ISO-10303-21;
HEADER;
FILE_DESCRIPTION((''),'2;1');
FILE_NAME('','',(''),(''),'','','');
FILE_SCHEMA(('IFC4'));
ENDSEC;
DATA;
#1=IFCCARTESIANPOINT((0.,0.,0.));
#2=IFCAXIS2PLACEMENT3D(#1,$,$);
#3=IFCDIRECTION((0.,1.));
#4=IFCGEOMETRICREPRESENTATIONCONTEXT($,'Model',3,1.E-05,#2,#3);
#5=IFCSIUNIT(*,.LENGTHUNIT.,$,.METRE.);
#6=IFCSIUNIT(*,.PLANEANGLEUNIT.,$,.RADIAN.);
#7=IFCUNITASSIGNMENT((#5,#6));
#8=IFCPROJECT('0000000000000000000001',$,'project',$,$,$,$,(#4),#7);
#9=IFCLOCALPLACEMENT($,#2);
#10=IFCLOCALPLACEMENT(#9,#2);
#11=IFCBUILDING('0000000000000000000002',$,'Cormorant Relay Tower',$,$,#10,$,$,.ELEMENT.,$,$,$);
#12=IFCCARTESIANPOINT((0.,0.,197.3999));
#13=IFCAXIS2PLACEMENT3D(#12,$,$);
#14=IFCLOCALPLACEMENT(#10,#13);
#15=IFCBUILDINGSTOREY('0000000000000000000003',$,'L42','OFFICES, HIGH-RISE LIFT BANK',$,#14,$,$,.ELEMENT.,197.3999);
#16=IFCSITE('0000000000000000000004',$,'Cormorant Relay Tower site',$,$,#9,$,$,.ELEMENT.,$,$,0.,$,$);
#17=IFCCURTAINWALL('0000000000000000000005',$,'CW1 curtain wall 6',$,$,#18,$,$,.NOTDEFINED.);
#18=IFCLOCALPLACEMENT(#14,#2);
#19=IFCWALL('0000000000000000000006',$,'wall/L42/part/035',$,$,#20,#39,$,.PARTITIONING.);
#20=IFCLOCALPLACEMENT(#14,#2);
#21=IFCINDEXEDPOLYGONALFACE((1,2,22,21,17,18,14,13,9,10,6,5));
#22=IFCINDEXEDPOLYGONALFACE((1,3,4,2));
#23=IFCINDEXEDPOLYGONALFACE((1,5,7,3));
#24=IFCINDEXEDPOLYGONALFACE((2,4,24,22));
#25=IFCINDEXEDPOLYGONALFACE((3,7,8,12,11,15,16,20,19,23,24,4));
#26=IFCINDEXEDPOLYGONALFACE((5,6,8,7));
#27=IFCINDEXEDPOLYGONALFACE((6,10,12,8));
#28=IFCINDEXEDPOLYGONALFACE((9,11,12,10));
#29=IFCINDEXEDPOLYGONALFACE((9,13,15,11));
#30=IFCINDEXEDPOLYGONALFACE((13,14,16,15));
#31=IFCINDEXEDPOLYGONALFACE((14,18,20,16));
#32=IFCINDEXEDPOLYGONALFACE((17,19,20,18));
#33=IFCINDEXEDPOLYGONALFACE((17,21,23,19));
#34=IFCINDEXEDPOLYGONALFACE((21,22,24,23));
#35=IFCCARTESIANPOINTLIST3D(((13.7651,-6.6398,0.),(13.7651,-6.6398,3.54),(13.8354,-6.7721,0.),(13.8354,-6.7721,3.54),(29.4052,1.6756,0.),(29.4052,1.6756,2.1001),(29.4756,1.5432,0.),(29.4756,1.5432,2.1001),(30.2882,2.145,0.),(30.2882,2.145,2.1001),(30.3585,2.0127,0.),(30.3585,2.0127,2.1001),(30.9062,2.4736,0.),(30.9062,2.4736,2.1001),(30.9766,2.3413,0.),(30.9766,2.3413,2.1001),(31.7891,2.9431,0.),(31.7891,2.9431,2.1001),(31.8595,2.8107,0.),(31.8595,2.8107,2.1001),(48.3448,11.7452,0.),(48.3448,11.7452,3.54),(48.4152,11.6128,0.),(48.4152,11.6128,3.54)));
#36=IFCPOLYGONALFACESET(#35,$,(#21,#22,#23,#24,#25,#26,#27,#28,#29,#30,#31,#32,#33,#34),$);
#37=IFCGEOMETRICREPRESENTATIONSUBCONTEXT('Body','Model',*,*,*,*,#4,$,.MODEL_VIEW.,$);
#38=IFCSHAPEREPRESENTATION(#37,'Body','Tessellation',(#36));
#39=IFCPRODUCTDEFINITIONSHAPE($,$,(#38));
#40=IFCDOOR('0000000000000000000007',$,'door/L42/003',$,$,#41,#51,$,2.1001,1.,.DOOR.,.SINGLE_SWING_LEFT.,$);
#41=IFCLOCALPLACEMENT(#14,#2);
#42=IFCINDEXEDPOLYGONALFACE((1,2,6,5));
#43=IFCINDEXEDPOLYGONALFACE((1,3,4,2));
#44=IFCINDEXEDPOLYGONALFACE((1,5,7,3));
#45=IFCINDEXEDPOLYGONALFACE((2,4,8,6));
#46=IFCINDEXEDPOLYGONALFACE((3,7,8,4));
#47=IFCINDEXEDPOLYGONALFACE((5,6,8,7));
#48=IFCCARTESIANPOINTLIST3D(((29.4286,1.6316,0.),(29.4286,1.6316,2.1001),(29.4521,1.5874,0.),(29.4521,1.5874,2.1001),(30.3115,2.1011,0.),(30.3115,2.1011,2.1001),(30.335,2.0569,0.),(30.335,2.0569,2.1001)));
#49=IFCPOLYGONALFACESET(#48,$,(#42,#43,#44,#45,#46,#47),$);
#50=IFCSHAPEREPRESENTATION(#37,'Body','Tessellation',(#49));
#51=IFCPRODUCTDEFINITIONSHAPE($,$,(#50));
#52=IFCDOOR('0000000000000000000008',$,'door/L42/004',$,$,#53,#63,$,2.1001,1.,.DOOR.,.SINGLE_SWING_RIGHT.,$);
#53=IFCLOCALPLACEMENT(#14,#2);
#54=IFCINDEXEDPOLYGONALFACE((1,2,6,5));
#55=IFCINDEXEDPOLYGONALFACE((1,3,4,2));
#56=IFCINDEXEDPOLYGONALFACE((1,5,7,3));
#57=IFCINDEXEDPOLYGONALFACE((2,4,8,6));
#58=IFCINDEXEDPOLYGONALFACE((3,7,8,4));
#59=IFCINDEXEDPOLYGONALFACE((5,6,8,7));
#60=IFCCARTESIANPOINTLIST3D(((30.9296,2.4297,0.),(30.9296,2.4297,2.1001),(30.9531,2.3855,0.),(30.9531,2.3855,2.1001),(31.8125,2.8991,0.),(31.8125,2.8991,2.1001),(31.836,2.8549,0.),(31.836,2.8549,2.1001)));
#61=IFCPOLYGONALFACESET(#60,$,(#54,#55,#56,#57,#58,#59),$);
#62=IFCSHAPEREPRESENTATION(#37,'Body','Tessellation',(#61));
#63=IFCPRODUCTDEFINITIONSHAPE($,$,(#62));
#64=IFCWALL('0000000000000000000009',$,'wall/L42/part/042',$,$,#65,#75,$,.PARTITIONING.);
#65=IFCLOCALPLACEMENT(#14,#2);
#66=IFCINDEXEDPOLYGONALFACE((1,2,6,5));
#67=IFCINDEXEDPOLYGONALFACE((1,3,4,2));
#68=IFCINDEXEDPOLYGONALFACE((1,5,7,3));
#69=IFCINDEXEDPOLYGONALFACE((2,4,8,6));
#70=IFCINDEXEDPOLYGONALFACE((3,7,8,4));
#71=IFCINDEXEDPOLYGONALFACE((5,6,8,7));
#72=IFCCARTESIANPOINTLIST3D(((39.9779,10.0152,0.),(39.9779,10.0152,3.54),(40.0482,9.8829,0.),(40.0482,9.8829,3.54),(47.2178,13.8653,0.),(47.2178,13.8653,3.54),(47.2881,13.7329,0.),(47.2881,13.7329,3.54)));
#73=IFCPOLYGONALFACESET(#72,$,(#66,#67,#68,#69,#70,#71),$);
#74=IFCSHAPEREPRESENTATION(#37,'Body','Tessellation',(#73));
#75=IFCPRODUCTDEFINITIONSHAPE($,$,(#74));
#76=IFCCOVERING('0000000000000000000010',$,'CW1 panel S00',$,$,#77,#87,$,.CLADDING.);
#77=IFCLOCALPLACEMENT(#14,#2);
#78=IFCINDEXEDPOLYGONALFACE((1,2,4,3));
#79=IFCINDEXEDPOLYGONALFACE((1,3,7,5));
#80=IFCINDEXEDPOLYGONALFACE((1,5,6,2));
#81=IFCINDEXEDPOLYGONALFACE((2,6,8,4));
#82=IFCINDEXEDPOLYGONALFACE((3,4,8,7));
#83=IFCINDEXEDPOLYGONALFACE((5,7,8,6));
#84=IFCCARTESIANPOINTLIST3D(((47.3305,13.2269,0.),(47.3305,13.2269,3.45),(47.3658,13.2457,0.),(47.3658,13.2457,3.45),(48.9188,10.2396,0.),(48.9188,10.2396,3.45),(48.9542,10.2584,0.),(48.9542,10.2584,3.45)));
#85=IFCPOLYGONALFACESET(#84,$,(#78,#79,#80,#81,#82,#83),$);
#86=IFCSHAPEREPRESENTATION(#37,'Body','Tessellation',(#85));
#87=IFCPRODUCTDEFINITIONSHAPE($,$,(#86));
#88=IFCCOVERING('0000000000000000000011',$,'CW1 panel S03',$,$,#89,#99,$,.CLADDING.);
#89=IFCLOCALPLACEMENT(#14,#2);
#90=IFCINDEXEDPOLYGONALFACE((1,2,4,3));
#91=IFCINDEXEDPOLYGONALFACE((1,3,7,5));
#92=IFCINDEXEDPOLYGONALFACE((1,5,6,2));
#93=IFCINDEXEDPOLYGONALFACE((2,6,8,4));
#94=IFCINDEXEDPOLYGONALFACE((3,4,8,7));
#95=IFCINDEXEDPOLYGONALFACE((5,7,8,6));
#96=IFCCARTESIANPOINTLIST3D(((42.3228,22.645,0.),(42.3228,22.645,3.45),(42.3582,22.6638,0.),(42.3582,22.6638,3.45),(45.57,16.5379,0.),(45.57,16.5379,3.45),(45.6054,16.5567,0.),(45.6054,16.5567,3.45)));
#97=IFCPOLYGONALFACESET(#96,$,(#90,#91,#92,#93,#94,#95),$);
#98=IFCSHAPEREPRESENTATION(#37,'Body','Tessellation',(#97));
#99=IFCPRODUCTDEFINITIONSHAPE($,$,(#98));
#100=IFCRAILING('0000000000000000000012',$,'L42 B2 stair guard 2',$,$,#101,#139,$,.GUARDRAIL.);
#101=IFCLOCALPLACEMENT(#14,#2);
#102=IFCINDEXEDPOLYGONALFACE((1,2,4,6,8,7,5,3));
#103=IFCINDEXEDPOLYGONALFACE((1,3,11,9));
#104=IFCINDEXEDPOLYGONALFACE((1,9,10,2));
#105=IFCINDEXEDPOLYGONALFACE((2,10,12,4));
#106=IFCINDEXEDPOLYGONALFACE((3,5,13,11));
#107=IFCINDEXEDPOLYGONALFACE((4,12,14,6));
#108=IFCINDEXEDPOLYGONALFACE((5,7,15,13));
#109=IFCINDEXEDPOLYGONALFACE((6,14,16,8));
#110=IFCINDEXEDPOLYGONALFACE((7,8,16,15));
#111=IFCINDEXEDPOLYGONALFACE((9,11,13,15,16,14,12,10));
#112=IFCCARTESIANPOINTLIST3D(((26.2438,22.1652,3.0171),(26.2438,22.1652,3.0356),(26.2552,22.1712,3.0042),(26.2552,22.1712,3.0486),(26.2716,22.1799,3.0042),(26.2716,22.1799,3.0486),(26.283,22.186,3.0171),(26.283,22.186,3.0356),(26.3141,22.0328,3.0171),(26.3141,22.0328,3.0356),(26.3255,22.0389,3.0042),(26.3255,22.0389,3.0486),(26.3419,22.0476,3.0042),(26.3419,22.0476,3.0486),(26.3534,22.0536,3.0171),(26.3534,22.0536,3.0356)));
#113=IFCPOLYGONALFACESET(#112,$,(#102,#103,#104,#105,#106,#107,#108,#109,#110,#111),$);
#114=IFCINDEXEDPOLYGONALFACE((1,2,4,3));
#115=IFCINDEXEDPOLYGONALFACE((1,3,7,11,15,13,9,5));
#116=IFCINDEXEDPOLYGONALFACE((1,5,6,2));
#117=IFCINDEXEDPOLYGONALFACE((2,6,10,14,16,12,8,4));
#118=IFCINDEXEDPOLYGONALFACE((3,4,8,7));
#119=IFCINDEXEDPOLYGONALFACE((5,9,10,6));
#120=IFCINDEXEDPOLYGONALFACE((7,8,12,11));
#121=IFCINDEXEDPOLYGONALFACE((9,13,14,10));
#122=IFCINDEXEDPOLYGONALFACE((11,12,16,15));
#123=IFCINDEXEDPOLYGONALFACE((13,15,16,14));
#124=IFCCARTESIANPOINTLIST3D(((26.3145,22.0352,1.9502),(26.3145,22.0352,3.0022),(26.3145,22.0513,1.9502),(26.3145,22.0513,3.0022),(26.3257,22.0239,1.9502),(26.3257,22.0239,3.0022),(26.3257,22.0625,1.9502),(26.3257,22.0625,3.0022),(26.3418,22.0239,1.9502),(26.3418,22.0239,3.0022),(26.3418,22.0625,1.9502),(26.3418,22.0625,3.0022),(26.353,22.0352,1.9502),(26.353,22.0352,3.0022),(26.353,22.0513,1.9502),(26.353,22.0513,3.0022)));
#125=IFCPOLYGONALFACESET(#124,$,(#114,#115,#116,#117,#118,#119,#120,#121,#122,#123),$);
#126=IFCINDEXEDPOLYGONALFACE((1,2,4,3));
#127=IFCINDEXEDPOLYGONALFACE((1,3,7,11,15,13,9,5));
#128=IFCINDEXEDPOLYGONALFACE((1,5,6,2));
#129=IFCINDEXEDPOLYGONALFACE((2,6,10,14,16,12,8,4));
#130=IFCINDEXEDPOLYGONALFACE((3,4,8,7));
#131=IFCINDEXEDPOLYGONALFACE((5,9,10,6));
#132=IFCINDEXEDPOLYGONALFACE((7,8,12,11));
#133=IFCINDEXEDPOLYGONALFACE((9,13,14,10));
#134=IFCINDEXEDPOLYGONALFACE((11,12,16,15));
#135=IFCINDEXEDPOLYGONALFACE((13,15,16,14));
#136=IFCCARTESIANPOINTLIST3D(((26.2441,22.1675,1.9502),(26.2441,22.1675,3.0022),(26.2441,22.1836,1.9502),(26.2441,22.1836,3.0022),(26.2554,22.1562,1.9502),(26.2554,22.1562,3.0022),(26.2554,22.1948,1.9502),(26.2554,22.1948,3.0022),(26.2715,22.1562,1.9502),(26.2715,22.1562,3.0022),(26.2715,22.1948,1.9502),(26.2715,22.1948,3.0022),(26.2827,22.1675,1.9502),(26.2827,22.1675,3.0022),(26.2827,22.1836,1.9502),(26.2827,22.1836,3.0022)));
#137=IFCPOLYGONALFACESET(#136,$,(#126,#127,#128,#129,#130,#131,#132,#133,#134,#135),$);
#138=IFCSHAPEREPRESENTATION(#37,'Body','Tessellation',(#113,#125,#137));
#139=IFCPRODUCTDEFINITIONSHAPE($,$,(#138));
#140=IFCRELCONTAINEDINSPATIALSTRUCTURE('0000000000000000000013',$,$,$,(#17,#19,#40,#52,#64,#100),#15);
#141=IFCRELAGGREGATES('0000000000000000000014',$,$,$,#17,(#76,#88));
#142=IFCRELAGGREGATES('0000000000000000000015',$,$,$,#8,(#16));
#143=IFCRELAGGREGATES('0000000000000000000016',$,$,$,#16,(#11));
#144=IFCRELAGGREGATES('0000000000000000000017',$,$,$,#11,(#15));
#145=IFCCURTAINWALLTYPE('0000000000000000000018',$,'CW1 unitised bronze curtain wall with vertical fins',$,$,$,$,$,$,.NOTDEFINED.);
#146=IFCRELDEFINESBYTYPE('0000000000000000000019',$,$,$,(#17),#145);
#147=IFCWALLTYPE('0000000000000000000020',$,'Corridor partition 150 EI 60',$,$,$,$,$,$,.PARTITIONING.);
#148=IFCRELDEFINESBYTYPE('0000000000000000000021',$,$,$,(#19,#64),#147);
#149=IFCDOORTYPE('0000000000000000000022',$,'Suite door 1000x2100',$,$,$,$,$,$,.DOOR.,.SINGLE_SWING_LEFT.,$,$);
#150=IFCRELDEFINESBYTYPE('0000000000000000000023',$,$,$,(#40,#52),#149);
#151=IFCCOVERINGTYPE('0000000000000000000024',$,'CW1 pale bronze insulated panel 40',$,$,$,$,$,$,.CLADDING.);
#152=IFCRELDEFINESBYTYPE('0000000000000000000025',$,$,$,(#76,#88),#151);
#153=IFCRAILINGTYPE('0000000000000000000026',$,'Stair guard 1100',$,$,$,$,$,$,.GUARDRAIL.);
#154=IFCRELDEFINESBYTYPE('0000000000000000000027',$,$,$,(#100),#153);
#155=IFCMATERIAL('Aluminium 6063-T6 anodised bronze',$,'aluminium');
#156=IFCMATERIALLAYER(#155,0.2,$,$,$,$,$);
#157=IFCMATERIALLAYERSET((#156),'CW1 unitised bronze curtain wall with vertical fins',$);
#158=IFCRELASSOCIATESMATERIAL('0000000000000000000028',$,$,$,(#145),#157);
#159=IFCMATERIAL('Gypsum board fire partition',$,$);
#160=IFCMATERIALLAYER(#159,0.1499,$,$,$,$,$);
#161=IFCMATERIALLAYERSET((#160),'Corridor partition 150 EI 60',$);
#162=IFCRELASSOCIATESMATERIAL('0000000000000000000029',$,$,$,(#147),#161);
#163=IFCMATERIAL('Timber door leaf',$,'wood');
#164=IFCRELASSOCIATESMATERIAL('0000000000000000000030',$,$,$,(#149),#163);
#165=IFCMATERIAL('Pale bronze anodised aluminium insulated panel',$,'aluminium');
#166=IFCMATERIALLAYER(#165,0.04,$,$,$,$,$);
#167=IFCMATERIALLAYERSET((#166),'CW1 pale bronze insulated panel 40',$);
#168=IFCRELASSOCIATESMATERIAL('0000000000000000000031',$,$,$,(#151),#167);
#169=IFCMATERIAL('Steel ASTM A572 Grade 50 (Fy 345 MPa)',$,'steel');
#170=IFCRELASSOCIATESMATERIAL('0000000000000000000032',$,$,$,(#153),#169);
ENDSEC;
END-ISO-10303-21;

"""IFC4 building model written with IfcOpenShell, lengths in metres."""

from ifc_helpers import new_model, si_unit, direction, frame, frame_2d, origin, origin_2d, place, context, subcontext, project, spatial, polyline, rectangle, outline, extrude, material, layer, layer_set, type_object, element, fill, aggregate, save


model = new_model("IFC4")

# Units and contexts
model_context = context("Model", 3, precision=1e-05, world=origin(), true_north=direction((0.0, 1.0)))
body_context = subcontext(model_context, "Body", "Model", "MODEL_VIEW")
ifc_project = project(units=[si_unit("LENGTHUNIT", "METRE"), si_unit("PLANEANGLEUNIT", "RADIAN")], contexts=[model_context])

# Site, building, storey
site_placement = place(None, origin())
site = spatial("IfcSite", under=ifc_project, at=site_placement, Name="Cormorant Relay Tower site", CompositionType="ELEMENT", RefElevation=0.0)
building_placement = place(site_placement, origin())
building = spatial("IfcBuilding", under=site, at=building_placement, Name="Cormorant Relay Tower", CompositionType="ELEMENT")
storey_placement = place(building_placement, frame((0.0, 0.0, 197.3999)))
storey = spatial("IfcBuildingStorey", under=building, at=storey_placement, Name="L42", Description="OFFICES, HIGH-RISE LIFT BANK", CompositionType="ELEMENT", Elevation=197.3999)

# Curtain wall
ifc_material_1 = material(Name="Aluminium 6063-T6 anodised bronze", Category="aluminium")
ifc_layer_1 = layer(ifc_material_1, 0.2)
ifc_layer_set_1 = layer_set([ifc_layer_1], Name="CW1 unitised bronze curtain wall with vertical fins")
curtain_wall_type = type_object("IfcCurtainWallType", Name="CW1 unitised bronze curtain wall with vertical fins", PredefinedType="NOTDEFINED", material=ifc_layer_set_1)
curtain_wall_1_placement = place(storey_placement, origin())
curtain_wall_1 = element("IfcCurtainWall", 1, at=curtain_wall_1_placement, inside=storey, type_object=curtain_wall_type, Name="CW1 curtain wall 6", PredefinedType="NOTDEFINED")

# Wall, openings, doors
ifc_material_2 = material(Name="Gypsum board fire partition")
ifc_layer_2 = layer(ifc_material_2, 0.1499)
ifc_layer_set_2 = layer_set([ifc_layer_2], Name="Corridor partition 150 EI 60")
wall_type_1 = type_object("IfcWallType", Name="Corridor partition 150 EI 60", PredefinedType="PARTITIONING", material=ifc_layer_set_2)
wall_1_placement = place(storey_placement, frame((48.3799, 11.679, 0.0), z_axis=(0.0, 0.0, 1.0), x_axis=(-0.882963, -0.469443, 0.0)))
wall_1 = element("IfcWall", 2, at=wall_1_placement, inside=storey, type_object=wall_type_1, Name="wall/L42/part/035", PredefinedType="PARTITIONING", context=body_context, shape_type="SweptSolid", body=[
    extrude(rectangle(XDim=39.1633, YDim=0.1499, at=frame_2d((19.5815, 0.0))), origin(), (0.0, 0.0, 1.0), 3.54),
])
opening_1_placement = place(wall_1_placement, frame((20.45, 0.0, 0.0)))
opening_1 = element("IfcOpeningElement", 3, at=opening_1_placement, cuts=wall_1, PredefinedType="OPENING", context=body_context, shape_type="SweptSolid", body=[
    extrude(rectangle(XDim=1.0, YDim=2.1001, at=frame_2d((0.5, 1.05))), frame((0.0, 0.085, 0.0), z_axis=(0.0, -1.0, 0.0), x_axis=(1.0, 0.0, 0.0)), (0.0, 0.0, 1.0), 0.1699),
])
opening_2_placement = place(wall_1_placement, frame((18.75, 0.0, 0.0)))
opening_2 = element("IfcOpeningElement", 4, at=opening_2_placement, cuts=wall_1, PredefinedType="OPENING", context=body_context, shape_type="SweptSolid", body=[
    extrude(rectangle(XDim=1.0, YDim=2.1001, at=frame_2d((0.5, 1.05))), frame((0.0, 0.085, 0.0), z_axis=(0.0, -1.0, 0.0), x_axis=(1.0, 0.0, 0.0)), (0.0, 0.0, 1.0), 0.1699),
])
ifc_material_3 = material(Name="Timber door leaf", Category="wood")
door_type_1 = type_object("IfcDoorType", Name="Suite door 1000x2100", OperationType="SINGLE_SWING_LEFT", PredefinedType="DOOR", material=ifc_material_3)
door_1_placement = place(opening_1_placement, origin())
door_1 = element("IfcDoor", 5, at=door_1_placement, inside=storey, type_object=door_type_1, Name="door/L42/003", OperationType="SINGLE_SWING_LEFT", OverallHeight=2.1001, OverallWidth=1.0, PredefinedType="DOOR", context=body_context, shape_type="SweptSolid", body=[
    extrude(rectangle(XDim=1.0, YDim=2.1001, at=frame_2d((0.5, 1.05))), frame((0.0, 0.0249, 0.0), z_axis=(0.0, -1.0, 0.0), x_axis=(1.0, 0.0, 0.0)), (0.0, 0.0, 1.0), 0.05),
])
fill(opening_1, door_1)
door_2_placement = place(opening_2_placement, origin())
door_2 = element("IfcDoor", 6, at=door_2_placement, inside=storey, type_object=door_type_1, Name="door/L42/004", OperationType="SINGLE_SWING_RIGHT", OverallHeight=2.1001, OverallWidth=1.0, PredefinedType="DOOR", context=body_context, shape_type="SweptSolid", body=[
    extrude(rectangle(XDim=1.0, YDim=2.1001, at=frame_2d((0.5, 1.05))), frame((0.0, 0.0249, 0.0), z_axis=(0.0, -1.0, 0.0), x_axis=(1.0, 0.0, 0.0)), (0.0, 0.0, 1.0), 0.05),
])
fill(opening_2, door_2)

# Wall
wall_2_placement = place(storey_placement, frame((40.0129, 9.949, 0.0), z_axis=(0.0, 0.0, 1.0), x_axis=(0.882921, 0.469522, 0.0)))
element("IfcWall", 7, at=wall_2_placement, inside=storey, type_object=wall_type_1, Name="wall/L42/part/042", PredefinedType="PARTITIONING", context=body_context, shape_type="SweptSolid", body=[
    extrude(rectangle(XDim=8.2, YDim=0.1499, at=frame_2d((4.1001, 0.0))), origin(), (0.0, 0.0, 1.0), 3.54),
])

# Coverings
ifc_material_4 = material(Name="Pale bronze anodised aluminium insulated panel", Category="aluminium")
ifc_layer_3 = layer(ifc_material_4, 0.04)
ifc_layer_set_3 = layer_set([ifc_layer_3], Name="CW1 pale bronze insulated panel 40")
covering_type = type_object("IfcCoveringType", Name="CW1 pale bronze insulated panel 40", PredefinedType="CLADDING", material=ifc_layer_set_3)
covering_1_placement = place(storey_placement, frame((48.1423, 11.7427, 0.0), z_axis=(0.0, 0.0, 1.0), x_axis=(-0.469472, 0.882948, 0.0)))
covering_1 = element("IfcCovering", 8, at=covering_1_placement, type_object=covering_type, Name="CW1 panel S00", PredefinedType="CLADDING", context=body_context, shape_type="SweptSolid", body=[
    extrude(rectangle(XDim=3.3833, YDim=0.04, at=origin_2d()), origin(), (0.0, 0.0, 1.0), 3.45),
])
covering_2_placement = place(storey_placement, frame((43.9641, 19.6008, 0.0), z_axis=(0.0, 0.0, 1.0), x_axis=(-0.469472, 0.882948, 0.0)))
covering_2 = element("IfcCovering", 9, at=covering_2_placement, type_object=covering_type, Name="CW1 panel S03", PredefinedType="CLADDING", context=body_context, shape_type="SweptSolid", body=[
    extrude(rectangle(XDim=6.9167, YDim=0.04, at=origin_2d()), origin(), (0.0, 0.0, 1.0), 3.45),
])
aggregate(curtain_wall_1, [covering_1, covering_2])

# Railing
ifc_material_5 = material(Name="Steel ASTM A572 Grade 50 (Fy 345 MPa)", Category="steel")
railing_type = type_object("IfcRailingType", Name="Stair guard 1100", PredefinedType="GUARDRAIL", material=ifc_material_5)
railing_1_placement = place(storey_placement, frame((26.3337, 22.0432, 1.9502)))
element("IfcRailing", 10, at=railing_1_placement, inside=storey, type_object=railing_type, Name="L42 B2 stair guard 2", PredefinedType="GUARDRAIL", context=body_context, shape_type="SweptSolid", body=[
    extrude(outline(polyline([(0.0222, 0.0093), (0.0093, 0.0222), (-0.0093, 0.0222), (-0.0222, 0.0093), (-0.0222, -0.0093), (-0.0093, -0.0222), (0.0093, -0.0222), (0.0222, -0.0093), (0.0222, 0.0093)])), frame((0.0, 0.0, 1.0762), z_axis=(-0.469235, 0.883074, 0.0), x_axis=(-0.883074, -0.469235, 0.0)), (0.0, 0.0, 1.0), 0.1499),
    extrude(outline(polyline([(0.0193, 0.0081), (0.0081, 0.0193), (-0.0081, 0.0193), (-0.0193, 0.0081), (-0.0193, -0.0081), (-0.0081, -0.0193), (0.0081, -0.0193), (0.0193, -0.0081), (0.0193, 0.0081)])), origin(), (0.0, 0.0, 1.0), 1.052),
    extrude(outline(polyline([(0.0193, 0.0081), (0.0081, 0.0193), (-0.0081, 0.0193), (-0.0193, 0.0081), (-0.0193, -0.0081), (-0.0081, -0.0193), (0.0081, -0.0193), (0.0193, -0.0081), (0.0193, 0.0081)])), frame((-0.0703, 0.1323, 0.0)), (0.0, 0.0, 1.0), 1.052),
])

save(model, "model.ifc")
